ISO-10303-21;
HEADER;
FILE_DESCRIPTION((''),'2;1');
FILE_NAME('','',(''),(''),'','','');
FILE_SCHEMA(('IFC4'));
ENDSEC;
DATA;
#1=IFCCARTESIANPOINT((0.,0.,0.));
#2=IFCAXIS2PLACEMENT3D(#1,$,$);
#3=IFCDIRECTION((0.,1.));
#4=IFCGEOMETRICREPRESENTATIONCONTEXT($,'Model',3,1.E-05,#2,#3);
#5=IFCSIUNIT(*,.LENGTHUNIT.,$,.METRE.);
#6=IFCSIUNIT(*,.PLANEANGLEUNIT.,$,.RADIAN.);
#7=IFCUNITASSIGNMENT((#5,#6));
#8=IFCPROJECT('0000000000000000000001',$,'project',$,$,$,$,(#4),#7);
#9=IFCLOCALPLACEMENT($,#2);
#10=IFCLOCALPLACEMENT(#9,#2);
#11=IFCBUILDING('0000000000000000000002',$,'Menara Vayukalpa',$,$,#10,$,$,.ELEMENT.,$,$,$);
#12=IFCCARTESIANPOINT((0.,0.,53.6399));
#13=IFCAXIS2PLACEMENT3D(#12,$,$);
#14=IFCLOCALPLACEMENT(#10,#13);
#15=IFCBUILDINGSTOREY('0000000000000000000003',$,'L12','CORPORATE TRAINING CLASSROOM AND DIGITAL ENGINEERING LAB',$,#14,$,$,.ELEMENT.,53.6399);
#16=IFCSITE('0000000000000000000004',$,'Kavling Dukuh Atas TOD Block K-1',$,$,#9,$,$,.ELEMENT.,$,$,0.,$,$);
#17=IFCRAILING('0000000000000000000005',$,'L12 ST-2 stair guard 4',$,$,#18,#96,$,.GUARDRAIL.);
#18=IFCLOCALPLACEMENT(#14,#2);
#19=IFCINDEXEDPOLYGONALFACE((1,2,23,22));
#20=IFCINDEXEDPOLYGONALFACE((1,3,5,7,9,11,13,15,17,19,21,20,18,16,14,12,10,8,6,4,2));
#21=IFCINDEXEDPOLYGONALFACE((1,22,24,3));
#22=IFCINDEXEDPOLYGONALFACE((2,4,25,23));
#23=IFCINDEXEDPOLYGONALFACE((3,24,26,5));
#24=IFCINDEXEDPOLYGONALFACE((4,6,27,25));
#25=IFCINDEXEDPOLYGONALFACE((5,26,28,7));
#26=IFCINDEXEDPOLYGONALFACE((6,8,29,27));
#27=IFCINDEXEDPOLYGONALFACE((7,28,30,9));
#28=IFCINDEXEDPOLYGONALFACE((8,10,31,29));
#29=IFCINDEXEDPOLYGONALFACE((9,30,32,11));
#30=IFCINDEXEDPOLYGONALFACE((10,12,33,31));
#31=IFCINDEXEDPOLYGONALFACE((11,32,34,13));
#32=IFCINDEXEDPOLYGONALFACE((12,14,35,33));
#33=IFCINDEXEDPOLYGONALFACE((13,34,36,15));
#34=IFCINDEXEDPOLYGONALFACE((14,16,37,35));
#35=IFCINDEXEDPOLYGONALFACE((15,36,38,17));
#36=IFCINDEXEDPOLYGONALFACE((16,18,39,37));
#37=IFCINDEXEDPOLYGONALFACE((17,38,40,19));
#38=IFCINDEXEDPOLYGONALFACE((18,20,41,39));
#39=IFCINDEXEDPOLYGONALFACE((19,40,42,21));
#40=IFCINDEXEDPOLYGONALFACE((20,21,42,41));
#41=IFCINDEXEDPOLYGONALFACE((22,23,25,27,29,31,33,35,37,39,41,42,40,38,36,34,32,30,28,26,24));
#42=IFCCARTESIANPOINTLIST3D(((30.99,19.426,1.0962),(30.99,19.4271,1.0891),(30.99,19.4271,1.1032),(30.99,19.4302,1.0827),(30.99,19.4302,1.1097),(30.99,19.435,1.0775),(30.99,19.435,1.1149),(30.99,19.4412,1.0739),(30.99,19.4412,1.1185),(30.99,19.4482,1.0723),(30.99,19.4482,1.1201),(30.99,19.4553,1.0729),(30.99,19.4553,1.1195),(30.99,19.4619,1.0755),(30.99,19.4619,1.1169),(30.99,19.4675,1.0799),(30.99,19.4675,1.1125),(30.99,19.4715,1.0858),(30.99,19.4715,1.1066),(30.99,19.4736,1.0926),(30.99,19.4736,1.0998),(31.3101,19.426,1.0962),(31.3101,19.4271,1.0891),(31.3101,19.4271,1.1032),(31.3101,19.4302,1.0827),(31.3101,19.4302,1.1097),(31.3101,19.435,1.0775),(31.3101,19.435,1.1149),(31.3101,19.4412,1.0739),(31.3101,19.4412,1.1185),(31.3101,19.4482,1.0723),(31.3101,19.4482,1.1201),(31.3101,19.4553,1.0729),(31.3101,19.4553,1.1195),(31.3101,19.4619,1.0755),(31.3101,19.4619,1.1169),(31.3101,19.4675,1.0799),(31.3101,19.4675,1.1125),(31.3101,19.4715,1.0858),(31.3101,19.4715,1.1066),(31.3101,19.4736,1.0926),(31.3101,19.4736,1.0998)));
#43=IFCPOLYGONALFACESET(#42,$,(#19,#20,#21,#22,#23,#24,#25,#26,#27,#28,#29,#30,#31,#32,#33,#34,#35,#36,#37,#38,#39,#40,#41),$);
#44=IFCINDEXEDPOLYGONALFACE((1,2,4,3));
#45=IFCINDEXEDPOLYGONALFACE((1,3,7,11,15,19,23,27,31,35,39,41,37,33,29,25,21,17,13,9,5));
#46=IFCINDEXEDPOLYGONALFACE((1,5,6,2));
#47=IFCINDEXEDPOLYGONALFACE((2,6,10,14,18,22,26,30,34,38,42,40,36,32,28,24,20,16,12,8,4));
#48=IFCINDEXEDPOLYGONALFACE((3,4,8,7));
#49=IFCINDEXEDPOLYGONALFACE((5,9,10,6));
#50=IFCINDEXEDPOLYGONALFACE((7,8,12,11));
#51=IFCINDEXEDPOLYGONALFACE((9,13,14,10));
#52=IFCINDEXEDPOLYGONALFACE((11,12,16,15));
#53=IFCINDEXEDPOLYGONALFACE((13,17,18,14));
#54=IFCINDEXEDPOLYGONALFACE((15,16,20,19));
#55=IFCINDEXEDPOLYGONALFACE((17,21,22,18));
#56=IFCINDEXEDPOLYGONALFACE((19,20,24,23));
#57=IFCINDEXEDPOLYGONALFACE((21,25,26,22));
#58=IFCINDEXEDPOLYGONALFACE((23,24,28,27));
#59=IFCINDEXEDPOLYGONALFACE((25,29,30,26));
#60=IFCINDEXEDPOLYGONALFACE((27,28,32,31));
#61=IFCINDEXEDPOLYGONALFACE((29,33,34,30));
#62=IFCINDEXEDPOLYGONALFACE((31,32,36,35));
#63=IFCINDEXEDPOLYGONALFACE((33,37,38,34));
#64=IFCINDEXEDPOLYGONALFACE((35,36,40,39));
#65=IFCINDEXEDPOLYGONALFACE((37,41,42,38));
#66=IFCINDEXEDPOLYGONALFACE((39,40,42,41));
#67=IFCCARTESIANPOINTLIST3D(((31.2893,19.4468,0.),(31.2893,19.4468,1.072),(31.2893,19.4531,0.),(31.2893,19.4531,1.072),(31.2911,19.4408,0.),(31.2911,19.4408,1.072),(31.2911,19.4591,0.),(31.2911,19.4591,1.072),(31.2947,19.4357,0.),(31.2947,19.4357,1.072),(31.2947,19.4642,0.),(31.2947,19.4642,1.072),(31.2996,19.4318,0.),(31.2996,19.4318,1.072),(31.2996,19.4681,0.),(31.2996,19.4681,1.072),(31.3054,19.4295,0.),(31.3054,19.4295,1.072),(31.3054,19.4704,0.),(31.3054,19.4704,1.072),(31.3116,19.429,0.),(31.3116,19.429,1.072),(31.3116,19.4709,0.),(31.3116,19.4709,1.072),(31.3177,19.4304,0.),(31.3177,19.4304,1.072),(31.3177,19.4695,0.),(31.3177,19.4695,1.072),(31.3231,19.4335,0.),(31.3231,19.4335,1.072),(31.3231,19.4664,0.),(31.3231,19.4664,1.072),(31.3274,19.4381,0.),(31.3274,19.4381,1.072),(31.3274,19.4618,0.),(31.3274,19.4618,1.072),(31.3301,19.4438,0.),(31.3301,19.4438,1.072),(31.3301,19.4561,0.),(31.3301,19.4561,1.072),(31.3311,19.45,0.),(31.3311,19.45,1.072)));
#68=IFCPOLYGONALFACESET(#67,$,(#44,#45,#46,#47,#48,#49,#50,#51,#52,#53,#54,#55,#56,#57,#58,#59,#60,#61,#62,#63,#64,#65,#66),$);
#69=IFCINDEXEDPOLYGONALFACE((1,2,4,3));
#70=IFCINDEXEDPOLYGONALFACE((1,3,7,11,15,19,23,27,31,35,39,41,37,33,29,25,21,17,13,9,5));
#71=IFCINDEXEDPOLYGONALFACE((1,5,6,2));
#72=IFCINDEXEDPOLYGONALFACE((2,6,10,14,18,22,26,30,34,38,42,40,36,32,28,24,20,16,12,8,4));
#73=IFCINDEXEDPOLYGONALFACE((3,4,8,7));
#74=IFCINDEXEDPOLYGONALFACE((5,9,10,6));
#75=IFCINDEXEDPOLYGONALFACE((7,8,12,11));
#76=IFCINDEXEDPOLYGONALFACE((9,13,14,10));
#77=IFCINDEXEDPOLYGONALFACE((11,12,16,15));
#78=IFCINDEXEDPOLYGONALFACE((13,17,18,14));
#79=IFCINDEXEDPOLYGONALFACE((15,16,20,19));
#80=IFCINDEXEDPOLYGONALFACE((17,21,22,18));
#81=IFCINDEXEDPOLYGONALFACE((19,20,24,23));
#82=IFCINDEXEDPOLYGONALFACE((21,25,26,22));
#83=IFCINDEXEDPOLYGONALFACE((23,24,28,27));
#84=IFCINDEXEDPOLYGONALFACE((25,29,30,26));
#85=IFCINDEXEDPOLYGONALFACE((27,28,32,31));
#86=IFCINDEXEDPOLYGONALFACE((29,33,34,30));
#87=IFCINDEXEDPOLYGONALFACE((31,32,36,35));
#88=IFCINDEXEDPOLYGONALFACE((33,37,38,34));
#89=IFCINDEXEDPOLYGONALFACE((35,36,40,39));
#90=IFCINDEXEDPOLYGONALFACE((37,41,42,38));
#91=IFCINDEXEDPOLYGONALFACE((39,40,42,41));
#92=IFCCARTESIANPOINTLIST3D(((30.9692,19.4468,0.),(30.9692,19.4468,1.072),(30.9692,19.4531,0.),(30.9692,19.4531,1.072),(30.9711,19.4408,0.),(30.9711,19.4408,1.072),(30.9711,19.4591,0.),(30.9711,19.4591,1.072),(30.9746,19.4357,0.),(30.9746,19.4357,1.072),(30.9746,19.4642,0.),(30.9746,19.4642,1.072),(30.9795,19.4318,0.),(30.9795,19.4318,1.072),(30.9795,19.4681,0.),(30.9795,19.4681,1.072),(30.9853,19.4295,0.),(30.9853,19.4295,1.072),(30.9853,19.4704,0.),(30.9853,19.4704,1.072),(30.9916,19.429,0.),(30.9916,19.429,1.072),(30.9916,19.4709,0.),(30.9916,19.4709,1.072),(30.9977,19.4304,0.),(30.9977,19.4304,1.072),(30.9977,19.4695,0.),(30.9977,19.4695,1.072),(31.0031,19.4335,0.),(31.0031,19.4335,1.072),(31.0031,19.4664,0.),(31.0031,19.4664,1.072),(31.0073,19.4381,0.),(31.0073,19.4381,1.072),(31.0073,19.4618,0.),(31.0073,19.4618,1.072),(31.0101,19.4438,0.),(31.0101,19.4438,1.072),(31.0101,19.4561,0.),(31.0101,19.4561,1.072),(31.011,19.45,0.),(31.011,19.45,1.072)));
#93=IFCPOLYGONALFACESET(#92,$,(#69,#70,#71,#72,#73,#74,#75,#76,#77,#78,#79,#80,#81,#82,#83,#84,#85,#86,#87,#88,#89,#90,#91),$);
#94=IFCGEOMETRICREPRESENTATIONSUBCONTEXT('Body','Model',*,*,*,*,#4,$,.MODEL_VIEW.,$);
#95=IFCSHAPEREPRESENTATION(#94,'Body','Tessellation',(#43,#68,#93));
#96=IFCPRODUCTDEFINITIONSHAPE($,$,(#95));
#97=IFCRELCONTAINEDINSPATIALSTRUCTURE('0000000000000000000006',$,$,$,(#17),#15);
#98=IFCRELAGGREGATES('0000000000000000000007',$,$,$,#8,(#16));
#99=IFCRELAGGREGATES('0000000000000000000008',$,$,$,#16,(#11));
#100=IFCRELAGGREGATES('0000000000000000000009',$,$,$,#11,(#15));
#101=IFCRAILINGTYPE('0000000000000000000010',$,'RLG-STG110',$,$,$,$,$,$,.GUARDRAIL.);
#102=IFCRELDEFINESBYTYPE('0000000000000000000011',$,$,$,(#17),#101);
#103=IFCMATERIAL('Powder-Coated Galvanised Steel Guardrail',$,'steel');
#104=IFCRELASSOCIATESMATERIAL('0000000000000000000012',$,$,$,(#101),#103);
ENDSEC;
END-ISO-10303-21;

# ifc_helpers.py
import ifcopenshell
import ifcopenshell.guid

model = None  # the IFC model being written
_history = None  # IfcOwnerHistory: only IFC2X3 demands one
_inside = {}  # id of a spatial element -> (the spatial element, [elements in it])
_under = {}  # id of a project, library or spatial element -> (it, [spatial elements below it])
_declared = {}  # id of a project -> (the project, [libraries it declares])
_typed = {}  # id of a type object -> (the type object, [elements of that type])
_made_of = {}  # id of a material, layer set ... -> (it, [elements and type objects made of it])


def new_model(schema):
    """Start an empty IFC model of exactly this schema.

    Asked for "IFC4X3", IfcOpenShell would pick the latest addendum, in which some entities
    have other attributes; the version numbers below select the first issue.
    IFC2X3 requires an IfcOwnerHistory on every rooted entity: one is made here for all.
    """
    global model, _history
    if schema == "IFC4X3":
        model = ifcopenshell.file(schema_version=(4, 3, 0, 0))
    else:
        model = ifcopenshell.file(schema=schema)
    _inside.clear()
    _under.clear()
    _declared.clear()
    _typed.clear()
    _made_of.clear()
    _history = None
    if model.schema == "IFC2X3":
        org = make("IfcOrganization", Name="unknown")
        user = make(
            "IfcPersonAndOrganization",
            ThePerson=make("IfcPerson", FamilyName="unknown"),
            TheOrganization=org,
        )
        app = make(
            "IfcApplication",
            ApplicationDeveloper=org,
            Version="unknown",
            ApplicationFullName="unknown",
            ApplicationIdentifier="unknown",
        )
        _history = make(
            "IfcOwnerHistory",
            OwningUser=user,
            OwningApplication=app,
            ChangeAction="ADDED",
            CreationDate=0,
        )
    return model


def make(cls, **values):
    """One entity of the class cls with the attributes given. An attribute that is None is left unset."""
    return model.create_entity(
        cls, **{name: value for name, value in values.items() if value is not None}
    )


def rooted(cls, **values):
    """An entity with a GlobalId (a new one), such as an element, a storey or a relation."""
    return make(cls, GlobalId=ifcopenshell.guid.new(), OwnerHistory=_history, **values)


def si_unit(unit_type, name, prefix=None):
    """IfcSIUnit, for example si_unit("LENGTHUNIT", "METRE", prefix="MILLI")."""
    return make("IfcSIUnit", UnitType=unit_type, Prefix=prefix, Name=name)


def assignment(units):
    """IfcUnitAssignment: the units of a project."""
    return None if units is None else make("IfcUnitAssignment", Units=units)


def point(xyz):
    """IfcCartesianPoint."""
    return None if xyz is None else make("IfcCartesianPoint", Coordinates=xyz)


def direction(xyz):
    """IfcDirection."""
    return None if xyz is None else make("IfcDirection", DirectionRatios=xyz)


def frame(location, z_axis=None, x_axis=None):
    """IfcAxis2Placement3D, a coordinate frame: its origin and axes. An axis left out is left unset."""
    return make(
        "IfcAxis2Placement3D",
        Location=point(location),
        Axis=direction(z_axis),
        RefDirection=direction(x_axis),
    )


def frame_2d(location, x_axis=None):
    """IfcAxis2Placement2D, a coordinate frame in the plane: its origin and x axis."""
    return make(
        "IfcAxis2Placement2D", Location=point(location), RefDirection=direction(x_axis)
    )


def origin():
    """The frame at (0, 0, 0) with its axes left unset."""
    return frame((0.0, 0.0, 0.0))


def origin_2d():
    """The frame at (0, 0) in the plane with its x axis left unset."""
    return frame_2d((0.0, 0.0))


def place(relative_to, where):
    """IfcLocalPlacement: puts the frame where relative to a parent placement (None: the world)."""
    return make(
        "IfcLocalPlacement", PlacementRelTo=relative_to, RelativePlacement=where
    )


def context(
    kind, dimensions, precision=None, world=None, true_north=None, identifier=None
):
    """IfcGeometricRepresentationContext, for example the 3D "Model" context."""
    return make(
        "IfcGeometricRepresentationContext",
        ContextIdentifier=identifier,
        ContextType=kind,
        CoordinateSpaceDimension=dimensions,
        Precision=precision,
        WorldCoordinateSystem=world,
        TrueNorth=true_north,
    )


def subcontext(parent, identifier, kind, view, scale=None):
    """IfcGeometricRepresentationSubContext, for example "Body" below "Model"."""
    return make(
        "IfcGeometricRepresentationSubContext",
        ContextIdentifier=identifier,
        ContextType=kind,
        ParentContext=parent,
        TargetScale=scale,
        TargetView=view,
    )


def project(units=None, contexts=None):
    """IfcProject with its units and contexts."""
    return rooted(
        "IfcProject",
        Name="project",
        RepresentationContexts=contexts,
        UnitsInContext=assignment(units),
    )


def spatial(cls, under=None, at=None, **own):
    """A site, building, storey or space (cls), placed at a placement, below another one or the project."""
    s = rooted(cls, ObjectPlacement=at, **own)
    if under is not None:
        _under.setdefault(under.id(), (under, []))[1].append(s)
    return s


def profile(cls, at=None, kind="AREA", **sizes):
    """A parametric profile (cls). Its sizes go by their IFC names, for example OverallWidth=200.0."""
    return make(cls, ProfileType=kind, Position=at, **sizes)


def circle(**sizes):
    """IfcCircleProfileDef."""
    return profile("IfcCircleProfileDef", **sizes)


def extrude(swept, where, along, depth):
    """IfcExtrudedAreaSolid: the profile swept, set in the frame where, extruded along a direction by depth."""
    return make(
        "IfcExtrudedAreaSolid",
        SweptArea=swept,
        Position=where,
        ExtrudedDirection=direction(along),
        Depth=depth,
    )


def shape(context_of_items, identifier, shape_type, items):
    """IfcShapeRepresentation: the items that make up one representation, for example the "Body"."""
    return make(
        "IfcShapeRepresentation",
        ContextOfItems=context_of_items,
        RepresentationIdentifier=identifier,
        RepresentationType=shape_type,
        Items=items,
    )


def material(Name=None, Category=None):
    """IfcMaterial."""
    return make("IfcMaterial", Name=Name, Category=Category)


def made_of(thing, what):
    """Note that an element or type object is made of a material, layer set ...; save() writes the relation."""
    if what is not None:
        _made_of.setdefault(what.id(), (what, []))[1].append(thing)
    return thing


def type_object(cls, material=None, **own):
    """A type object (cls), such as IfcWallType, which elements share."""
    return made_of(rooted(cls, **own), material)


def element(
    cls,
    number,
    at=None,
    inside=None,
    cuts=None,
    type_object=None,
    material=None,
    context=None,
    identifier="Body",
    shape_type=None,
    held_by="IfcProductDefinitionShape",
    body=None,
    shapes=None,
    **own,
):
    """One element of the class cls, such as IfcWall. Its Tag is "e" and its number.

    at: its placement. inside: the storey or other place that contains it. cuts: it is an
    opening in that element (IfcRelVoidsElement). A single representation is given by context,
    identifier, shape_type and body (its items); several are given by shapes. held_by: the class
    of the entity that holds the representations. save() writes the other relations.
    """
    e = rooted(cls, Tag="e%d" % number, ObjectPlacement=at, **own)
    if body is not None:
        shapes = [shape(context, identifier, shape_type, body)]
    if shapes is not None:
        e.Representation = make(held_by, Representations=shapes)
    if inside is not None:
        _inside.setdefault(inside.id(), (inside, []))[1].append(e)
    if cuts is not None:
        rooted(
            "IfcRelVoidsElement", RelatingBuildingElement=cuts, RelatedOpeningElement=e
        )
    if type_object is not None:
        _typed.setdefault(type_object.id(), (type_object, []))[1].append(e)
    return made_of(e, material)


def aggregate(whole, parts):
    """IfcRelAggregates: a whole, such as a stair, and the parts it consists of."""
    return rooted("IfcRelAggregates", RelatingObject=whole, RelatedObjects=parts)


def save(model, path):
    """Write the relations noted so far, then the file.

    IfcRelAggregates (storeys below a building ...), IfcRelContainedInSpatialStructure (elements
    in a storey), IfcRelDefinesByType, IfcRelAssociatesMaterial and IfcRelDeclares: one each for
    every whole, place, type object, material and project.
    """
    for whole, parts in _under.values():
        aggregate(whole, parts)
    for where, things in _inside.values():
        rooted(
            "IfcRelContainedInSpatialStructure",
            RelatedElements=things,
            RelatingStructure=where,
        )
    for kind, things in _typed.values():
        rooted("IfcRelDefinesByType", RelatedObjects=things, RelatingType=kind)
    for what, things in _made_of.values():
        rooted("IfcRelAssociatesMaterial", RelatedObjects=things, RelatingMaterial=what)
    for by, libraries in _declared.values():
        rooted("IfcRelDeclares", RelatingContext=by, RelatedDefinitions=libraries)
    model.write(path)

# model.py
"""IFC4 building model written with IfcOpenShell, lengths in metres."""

from ifc_helpers import new_model, si_unit, direction, frame, origin, origin_2d, place, context, subcontext, project, spatial, circle, extrude, material, type_object, element, save


model = new_model("IFC4")

# Units and contexts
model_context = context("Model", 3, precision=1e-05, world=origin(), true_north=direction((0.0, 1.0)))
body_context = subcontext(model_context, "Body", "Model", "MODEL_VIEW")
ifc_project = project(units=[si_unit("LENGTHUNIT", "METRE"), si_unit("PLANEANGLEUNIT", "RADIAN")], contexts=[model_context])

# Site, building, storey
site_placement = place(None, origin())
site = spatial("IfcSite", under=ifc_project, at=site_placement, Name="Kavling Dukuh Atas TOD Block K-1", CompositionType="ELEMENT", RefElevation=0.0)
building_placement = place(site_placement, origin())
building = spatial("IfcBuilding", under=site, at=building_placement, Name="Menara Vayukalpa", CompositionType="ELEMENT")
storey_placement = place(building_placement, frame((0.0, 0.0, 53.6399)))
storey = spatial("IfcBuildingStorey", under=building, at=storey_placement, Name="L12", Description="CORPORATE TRAINING CLASSROOM AND DIGITAL ENGINEERING LAB", CompositionType="ELEMENT", Elevation=53.6399)

# Railing
ifc_material_1 = material(Name="Powder-Coated Galvanised Steel Guardrail", Category="steel")
railing_type_1 = type_object("IfcRailingType", Name="RLG-STG110", PredefinedType="GUARDRAIL", material=ifc_material_1)
railing_1_placement = place(storey_placement, frame((31.3101, 19.45, 0.0)))
element("IfcRailing", 1, at=railing_1_placement, inside=storey, type_object=railing_type_1, Name="L12 ST-2 stair guard 4", PredefinedType="GUARDRAIL", context=body_context, shape_type="SweptSolid", body=[
    extrude(circle(Radius=0.0239, at=origin_2d()), frame((0.0, 0.0, 1.0962), z_axis=(-1.0, 0.0, 0.0), x_axis=(0.0, -1.0, 0.0)), (0.0, 0.0, 1.0), 0.3201),
    extrude(circle(Radius=0.021, at=origin_2d()), origin(), (0.0, 0.0, 1.0), 1.072),
    extrude(circle(Radius=0.021, at=origin_2d()), frame((-0.3201, 0.0, 0.0)), (0.0, 0.0, 1.0), 1.072),
])

save(model, "model.ifc")
